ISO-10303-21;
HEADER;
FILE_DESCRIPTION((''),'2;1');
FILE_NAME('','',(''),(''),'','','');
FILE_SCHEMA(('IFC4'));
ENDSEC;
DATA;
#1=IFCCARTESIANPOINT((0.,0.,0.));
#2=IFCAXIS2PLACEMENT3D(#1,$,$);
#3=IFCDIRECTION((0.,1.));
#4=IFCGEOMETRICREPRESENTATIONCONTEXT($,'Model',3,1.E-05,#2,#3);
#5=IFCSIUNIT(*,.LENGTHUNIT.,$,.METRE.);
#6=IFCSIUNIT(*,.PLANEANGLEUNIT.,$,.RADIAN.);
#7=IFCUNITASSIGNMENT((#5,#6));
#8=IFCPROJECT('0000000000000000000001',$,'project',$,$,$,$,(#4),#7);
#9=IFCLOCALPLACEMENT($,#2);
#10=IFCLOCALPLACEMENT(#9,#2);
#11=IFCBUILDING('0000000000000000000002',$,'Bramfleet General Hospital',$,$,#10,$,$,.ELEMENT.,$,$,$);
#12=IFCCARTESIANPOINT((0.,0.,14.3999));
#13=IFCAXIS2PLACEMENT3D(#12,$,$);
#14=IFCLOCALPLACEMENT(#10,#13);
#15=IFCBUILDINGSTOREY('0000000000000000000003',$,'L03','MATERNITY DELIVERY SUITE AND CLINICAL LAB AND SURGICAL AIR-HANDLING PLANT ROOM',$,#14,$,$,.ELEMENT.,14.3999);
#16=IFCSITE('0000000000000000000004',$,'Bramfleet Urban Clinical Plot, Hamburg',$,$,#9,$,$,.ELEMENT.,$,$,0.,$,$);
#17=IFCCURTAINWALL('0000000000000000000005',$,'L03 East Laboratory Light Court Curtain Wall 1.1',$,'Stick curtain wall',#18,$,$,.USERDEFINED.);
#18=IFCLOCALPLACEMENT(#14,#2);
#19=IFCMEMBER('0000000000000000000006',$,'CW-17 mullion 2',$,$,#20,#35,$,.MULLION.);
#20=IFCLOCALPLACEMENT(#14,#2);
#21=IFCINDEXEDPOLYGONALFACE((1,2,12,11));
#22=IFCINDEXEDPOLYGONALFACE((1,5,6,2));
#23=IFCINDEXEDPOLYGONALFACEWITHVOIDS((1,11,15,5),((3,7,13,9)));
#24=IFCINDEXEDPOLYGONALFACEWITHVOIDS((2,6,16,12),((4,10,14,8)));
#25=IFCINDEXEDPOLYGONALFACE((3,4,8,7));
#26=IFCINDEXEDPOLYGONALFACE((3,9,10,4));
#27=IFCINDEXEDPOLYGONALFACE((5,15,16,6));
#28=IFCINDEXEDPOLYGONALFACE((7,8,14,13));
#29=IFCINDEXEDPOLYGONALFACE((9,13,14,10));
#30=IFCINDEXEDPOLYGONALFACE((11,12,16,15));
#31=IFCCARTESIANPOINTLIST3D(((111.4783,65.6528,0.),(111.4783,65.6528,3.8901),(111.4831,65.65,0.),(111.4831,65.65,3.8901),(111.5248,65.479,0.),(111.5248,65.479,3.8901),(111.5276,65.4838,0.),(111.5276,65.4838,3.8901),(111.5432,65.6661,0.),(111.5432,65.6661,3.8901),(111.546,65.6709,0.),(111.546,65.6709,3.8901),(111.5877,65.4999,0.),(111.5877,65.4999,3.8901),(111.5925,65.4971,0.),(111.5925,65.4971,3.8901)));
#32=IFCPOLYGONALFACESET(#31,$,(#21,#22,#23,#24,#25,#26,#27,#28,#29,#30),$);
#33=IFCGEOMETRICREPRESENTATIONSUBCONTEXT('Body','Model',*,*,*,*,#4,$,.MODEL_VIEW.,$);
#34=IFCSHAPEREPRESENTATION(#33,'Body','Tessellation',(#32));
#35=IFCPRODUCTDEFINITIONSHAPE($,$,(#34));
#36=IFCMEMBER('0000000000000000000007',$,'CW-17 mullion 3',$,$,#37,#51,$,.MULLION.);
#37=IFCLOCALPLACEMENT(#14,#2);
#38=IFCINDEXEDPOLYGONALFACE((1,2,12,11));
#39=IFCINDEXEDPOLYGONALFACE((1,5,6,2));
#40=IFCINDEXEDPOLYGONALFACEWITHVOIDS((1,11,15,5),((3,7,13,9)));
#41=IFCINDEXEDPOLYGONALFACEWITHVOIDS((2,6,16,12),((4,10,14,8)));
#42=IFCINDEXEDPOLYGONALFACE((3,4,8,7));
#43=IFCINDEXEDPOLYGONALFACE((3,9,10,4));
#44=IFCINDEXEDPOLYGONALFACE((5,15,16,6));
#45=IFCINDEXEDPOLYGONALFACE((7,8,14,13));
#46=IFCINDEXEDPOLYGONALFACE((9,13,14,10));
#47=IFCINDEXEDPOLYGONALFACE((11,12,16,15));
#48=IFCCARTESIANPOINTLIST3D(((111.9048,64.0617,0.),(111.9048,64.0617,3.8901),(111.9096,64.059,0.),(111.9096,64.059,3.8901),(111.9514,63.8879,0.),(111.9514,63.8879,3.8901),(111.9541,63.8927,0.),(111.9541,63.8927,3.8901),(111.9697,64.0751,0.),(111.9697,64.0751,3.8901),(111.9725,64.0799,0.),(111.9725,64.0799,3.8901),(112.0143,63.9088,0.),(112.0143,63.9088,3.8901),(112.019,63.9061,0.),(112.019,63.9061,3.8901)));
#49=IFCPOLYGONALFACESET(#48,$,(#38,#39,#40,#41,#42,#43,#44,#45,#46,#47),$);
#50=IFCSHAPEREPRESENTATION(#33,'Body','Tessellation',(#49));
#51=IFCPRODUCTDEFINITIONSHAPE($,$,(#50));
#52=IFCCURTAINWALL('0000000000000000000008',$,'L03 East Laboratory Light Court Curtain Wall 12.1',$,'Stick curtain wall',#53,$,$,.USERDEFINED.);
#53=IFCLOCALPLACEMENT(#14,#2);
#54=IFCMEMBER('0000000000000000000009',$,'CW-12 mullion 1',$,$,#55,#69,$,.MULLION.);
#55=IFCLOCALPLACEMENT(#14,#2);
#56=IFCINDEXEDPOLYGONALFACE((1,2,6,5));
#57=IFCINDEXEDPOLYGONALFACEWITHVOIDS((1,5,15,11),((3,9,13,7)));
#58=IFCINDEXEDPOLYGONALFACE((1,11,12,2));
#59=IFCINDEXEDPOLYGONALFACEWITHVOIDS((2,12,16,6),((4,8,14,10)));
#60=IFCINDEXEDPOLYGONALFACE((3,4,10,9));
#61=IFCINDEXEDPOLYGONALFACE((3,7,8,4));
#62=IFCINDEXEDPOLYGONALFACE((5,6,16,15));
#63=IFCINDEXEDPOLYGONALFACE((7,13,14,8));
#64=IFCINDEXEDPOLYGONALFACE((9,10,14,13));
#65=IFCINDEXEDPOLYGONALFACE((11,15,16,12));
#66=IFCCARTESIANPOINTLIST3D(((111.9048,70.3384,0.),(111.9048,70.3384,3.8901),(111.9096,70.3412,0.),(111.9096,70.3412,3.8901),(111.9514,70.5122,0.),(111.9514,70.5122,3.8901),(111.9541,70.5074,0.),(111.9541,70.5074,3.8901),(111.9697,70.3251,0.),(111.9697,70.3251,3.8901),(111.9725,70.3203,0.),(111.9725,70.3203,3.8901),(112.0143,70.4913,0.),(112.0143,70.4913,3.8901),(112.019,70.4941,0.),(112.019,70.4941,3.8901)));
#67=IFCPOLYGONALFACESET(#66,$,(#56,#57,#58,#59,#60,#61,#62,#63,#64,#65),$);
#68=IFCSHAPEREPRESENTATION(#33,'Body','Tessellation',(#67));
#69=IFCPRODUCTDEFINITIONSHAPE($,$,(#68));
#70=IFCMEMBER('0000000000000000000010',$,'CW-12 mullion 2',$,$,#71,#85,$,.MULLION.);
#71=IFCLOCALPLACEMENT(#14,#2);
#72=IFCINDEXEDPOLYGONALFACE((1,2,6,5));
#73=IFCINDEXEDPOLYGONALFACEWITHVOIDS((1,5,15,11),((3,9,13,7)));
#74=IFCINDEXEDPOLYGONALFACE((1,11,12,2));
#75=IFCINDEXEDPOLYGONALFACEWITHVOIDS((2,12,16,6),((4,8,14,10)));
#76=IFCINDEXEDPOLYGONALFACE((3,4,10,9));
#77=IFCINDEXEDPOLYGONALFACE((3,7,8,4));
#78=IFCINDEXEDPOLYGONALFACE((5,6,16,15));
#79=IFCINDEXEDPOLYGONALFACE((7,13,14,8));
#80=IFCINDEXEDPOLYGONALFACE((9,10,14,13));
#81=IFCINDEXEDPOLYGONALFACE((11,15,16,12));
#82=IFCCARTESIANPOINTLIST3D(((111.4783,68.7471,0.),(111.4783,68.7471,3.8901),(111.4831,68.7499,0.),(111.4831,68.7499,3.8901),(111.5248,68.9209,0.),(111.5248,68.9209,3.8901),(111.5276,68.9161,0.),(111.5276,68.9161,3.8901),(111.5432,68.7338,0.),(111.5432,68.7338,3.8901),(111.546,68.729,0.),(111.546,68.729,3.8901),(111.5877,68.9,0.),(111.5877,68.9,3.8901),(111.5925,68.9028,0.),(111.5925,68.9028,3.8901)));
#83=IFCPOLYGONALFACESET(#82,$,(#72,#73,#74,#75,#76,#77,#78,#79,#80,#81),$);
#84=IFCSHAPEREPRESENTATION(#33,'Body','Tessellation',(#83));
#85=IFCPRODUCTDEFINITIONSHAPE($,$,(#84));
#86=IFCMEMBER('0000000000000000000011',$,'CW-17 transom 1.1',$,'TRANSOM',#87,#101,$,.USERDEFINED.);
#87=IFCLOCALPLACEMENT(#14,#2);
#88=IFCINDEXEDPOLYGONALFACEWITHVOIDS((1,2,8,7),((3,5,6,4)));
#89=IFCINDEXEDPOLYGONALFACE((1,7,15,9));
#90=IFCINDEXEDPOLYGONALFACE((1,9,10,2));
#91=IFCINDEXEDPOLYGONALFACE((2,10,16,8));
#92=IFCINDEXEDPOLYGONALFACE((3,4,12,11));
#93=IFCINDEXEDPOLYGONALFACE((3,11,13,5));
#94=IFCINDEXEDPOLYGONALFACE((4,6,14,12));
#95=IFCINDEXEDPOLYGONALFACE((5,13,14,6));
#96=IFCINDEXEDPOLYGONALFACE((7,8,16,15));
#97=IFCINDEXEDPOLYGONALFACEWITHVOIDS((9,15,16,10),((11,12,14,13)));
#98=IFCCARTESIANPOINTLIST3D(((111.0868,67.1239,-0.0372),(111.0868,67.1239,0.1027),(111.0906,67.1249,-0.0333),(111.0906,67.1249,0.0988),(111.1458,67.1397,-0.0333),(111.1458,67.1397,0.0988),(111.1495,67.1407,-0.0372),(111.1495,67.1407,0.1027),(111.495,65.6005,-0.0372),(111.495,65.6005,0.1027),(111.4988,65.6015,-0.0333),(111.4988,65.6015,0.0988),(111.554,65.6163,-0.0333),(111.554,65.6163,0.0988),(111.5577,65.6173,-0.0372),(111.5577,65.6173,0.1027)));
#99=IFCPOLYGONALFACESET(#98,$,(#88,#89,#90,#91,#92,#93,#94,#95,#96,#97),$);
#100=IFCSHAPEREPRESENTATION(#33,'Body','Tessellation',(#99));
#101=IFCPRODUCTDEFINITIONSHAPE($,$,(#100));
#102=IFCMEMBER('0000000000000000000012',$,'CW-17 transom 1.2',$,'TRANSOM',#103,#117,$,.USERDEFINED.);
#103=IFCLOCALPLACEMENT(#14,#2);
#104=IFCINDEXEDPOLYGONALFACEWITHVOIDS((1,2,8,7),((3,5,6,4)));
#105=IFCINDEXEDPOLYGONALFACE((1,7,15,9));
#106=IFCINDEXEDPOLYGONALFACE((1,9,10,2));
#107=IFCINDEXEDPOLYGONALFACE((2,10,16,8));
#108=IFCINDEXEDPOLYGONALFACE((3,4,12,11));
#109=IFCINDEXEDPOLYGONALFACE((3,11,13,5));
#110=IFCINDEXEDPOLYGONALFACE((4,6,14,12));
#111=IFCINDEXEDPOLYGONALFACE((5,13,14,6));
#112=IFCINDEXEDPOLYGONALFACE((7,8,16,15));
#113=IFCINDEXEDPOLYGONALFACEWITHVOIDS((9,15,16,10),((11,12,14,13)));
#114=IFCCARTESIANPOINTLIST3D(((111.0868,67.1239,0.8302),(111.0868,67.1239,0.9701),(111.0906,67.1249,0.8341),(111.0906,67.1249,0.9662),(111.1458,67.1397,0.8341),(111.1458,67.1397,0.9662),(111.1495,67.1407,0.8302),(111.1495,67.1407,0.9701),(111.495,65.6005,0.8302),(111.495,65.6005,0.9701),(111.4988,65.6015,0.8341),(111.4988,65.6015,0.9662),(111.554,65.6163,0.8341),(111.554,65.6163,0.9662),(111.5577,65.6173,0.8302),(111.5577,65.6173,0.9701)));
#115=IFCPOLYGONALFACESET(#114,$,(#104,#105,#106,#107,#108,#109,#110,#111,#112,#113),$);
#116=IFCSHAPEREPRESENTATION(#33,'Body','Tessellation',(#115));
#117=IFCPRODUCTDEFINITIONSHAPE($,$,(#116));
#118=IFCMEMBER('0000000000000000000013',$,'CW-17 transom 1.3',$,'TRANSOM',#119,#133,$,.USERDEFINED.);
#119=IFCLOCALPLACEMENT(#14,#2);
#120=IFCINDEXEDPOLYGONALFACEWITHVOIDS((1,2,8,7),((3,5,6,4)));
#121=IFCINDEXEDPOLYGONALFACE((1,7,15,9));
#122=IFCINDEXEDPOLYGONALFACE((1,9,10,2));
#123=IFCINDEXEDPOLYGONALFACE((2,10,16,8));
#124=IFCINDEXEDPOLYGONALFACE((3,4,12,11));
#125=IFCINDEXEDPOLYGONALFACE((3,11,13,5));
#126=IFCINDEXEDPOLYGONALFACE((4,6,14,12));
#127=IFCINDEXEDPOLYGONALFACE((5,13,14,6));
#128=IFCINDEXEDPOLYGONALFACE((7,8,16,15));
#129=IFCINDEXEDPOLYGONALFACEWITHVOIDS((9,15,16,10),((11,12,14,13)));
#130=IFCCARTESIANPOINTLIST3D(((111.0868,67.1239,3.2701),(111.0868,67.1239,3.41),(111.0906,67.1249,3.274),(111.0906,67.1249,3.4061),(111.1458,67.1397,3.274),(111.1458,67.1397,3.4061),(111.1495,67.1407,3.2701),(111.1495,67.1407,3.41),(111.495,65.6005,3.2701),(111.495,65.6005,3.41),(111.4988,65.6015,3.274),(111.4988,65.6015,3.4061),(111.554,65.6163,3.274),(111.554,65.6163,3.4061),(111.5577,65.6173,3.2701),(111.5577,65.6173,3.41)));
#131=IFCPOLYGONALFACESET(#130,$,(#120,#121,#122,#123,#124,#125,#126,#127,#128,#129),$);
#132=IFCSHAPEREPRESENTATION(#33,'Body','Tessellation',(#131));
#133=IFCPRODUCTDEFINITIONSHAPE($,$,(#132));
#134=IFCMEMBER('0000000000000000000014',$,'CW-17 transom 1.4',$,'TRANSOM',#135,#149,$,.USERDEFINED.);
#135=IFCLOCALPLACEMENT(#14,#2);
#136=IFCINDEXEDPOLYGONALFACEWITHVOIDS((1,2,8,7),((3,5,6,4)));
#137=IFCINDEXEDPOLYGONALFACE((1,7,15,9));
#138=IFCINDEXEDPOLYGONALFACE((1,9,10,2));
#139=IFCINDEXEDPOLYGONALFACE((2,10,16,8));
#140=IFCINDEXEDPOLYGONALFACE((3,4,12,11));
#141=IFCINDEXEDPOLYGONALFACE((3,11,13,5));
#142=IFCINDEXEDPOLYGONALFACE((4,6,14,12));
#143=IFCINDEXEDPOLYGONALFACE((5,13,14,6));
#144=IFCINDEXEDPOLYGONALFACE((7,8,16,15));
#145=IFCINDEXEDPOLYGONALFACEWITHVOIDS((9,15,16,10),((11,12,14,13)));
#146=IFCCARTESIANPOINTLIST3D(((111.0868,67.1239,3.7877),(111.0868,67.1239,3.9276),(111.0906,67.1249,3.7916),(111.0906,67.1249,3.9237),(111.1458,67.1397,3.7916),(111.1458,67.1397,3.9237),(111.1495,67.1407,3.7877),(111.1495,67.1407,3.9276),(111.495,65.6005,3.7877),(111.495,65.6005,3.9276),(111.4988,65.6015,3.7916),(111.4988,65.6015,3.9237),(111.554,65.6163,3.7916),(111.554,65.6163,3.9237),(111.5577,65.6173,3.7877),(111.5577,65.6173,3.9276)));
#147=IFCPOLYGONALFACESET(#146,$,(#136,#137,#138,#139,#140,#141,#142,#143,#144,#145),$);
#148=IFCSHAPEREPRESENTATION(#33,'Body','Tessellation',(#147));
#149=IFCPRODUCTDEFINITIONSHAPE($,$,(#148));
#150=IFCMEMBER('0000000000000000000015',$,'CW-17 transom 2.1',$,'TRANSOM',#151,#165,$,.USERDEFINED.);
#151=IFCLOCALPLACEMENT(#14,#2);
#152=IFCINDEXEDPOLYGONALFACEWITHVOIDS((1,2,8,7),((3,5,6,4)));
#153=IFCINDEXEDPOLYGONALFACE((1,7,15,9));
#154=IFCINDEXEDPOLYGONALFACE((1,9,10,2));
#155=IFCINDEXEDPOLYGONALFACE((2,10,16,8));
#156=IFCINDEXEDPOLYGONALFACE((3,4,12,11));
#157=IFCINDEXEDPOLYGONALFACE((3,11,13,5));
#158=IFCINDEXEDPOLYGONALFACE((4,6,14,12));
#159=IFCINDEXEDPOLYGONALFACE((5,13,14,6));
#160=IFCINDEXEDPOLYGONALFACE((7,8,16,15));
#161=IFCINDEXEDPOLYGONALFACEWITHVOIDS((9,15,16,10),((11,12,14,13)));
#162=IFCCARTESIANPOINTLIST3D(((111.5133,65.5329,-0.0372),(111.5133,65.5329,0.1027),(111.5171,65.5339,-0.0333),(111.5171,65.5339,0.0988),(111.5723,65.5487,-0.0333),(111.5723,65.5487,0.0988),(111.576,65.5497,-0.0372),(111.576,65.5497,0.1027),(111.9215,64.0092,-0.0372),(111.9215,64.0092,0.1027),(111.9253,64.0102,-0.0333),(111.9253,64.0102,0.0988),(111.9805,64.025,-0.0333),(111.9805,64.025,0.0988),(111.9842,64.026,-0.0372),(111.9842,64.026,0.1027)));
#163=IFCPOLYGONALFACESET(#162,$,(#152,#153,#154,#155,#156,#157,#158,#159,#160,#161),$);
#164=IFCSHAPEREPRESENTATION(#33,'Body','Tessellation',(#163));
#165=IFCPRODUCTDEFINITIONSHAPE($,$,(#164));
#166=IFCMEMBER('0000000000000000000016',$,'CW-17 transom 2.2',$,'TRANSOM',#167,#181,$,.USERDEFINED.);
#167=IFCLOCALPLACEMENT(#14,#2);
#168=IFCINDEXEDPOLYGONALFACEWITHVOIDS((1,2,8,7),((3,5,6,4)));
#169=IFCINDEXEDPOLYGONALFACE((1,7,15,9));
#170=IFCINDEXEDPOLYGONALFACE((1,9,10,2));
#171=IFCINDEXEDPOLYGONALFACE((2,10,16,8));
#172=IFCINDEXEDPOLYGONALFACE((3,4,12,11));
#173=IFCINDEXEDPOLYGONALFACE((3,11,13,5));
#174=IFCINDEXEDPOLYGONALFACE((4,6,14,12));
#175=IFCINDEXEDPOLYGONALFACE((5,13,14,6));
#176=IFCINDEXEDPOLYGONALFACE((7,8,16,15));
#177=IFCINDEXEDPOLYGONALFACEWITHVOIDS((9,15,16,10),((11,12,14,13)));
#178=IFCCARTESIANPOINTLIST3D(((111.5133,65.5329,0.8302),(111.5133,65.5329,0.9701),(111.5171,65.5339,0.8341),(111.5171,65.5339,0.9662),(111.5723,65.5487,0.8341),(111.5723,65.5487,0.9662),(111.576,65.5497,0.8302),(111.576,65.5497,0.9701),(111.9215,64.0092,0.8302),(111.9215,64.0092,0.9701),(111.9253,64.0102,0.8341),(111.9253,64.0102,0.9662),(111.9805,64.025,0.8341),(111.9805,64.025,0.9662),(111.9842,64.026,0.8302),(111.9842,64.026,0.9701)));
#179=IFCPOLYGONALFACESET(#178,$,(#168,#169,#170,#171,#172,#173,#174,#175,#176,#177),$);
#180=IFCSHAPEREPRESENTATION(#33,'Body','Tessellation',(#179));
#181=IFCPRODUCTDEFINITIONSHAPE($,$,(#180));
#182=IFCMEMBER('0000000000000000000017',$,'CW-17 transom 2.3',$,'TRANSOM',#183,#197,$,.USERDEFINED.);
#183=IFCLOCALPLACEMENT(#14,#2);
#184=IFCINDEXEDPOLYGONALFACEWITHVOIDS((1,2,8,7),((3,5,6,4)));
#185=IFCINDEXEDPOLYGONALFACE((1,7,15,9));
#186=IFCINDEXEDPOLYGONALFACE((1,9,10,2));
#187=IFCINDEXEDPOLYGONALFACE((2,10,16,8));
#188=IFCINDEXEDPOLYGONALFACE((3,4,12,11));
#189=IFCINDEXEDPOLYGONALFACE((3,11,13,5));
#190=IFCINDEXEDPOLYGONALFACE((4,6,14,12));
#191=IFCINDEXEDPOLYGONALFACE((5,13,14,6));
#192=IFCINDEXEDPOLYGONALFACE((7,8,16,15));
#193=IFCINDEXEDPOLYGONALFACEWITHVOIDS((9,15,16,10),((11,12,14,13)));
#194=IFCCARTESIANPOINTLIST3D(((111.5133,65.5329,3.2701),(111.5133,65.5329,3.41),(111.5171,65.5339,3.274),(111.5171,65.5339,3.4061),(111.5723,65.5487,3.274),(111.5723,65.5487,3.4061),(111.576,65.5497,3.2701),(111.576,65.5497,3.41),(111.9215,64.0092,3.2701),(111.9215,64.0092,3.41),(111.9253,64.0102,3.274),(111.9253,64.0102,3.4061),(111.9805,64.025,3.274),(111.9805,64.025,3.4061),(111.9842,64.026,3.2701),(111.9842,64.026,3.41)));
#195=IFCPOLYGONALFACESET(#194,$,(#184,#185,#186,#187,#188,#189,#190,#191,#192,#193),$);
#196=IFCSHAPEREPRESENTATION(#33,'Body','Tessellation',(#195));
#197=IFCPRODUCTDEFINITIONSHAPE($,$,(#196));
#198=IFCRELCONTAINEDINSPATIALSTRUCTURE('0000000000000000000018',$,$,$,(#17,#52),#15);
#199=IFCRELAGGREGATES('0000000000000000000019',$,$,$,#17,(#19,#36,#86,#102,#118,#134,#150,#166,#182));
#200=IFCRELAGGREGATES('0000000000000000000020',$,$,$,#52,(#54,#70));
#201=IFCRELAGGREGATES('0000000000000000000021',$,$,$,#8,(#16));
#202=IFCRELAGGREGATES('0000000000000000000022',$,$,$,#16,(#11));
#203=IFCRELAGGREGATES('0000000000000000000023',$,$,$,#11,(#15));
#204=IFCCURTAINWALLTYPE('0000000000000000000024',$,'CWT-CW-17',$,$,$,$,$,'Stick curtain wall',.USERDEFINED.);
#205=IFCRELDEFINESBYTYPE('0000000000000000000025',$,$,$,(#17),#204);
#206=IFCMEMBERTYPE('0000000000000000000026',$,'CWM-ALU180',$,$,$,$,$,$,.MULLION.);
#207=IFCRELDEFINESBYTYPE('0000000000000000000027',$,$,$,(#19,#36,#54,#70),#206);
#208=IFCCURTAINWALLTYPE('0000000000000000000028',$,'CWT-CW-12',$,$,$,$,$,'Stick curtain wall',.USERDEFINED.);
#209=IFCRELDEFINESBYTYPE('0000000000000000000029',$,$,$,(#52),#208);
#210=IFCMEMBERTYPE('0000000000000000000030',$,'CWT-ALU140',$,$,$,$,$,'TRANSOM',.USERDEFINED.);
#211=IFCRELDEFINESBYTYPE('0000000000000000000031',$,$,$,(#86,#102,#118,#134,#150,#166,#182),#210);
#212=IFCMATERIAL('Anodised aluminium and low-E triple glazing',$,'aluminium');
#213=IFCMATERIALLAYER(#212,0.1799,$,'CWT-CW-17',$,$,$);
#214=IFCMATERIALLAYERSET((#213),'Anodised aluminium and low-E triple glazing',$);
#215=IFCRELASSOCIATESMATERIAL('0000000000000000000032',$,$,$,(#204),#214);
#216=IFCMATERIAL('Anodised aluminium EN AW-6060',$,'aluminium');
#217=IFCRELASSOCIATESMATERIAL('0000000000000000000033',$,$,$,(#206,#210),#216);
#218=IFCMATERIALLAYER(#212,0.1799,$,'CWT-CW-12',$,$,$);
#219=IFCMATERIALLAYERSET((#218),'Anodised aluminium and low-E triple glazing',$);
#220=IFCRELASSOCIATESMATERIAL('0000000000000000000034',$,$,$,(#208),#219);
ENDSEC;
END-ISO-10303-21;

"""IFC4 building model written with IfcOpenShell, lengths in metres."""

from ifc_helpers import new_model, si_unit, direction, frame, origin, origin_2d, place, context, subcontext, project, spatial, hollow_rectangle, extrude, material, layer, layer_set, material_profile, profile_set, type_object, element, aggregate, save


model = new_model("IFC4")

# Units and contexts
model_context = context("Model", 3, precision=1e-05, world=origin(), true_north=direction((0.0, 1.0)))
body_context = subcontext(model_context, "Body", "Model", "MODEL_VIEW")
ifc_project = project(units=[si_unit("LENGTHUNIT", "METRE"), si_unit("PLANEANGLEUNIT", "RADIAN")], contexts=[model_context])

# Site, building, storey
site_placement = place(None, origin())
site = spatial("IfcSite", under=ifc_project, at=site_placement, Name="Bramfleet Urban Clinical Plot, Hamburg", CompositionType="ELEMENT", RefElevation=0.0)
building_placement = place(site_placement, origin())
building = spatial("IfcBuilding", under=site, at=building_placement, Name="Bramfleet General Hospital", CompositionType="ELEMENT")
storey_placement = place(building_placement, frame((0.0, 0.0, 14.3999)))
storey = spatial("IfcBuildingStorey", under=building, at=storey_placement, Name="L03", Description="MATERNITY DELIVERY SUITE AND CLINICAL LAB AND SURGICAL AIR-HANDLING PLANT ROOM", CompositionType="ELEMENT", Elevation=14.3999)

# Curtain walls, members
ifc_material_1 = material(Name="Anodised aluminium and low-E triple glazing", Category="aluminium")
ifc_layer_1 = layer(ifc_material_1, 0.1799, Name="CWT-CW-17")
ifc_layer_set_1 = layer_set([ifc_layer_1], Name="Anodised aluminium and low-E triple glazing")
curtain_wall_type_1 = type_object("IfcCurtainWallType", Name="CWT-CW-17", ElementType="Stick curtain wall", PredefinedType="USERDEFINED", material=ifc_layer_set_1)
curtain_wall_1_placement = place(storey_placement, origin())
curtain_wall_1 = element("IfcCurtainWall", 1, at=curtain_wall_1_placement, inside=storey, type_object=curtain_wall_type_1, Name="L03 East Laboratory Light Court Curtain Wall 1.1", ObjectType="Stick curtain wall", PredefinedType="USERDEFINED")
ifc_material_2 = material(Name="Anodised aluminium EN AW-6060", Category="aluminium")
ifc_material_profile_1 = material_profile(ifc_material_2, hollow_rectangle(XDim=0.0701, YDim=0.1799, WallThickness=0.0039, at=origin_2d()), Name="ALU 180x70x4.0")
ifc_profile_set_1 = profile_set([ifc_material_profile_1], Name="Anodised aluminium EN AW-6060")
member_type_1 = type_object("IfcMemberType", Name="CWM-ALU180", PredefinedType="MULLION", material=ifc_profile_set_1)
member_1_placement = place(storey_placement, frame((111.5354, 65.575, 0.0), z_axis=(0.0, 0.0, 1.0), x_axis=(0.965914, 0.258865, 0.0)))
member_1 = element("IfcMember", 2, at=member_1_placement, type_object=member_type_1, Name="CW-17 mullion 2", PredefinedType="MULLION", context=body_context, shape_type="SweptSolid", body=[
    extrude(hollow_rectangle(XDim=0.0701, YDim=0.1799, WallThickness=0.0039, at=origin_2d()), origin(), (0.0, 0.0, 1.0), 3.8901),
])
member_2_placement = place(storey_placement, frame((111.9619, 63.9839, 0.0), z_axis=(0.0, 0.0, 1.0), x_axis=(0.965914, 0.258865, 0.0)))
member_2 = element("IfcMember", 3, at=member_2_placement, type_object=member_type_1, Name="CW-17 mullion 3", PredefinedType="MULLION", context=body_context, shape_type="SweptSolid", body=[
    extrude(hollow_rectangle(XDim=0.0701, YDim=0.1799, WallThickness=0.0039, at=origin_2d()), origin(), (0.0, 0.0, 1.0), 3.8901),
])
ifc_layer_2 = layer(ifc_material_1, 0.1799, Name="CWT-CW-12")
ifc_layer_set_2 = layer_set([ifc_layer_2], Name="Anodised aluminium and low-E triple glazing")
curtain_wall_type_2 = type_object("IfcCurtainWallType", Name="CWT-CW-12", ElementType="Stick curtain wall", PredefinedType="USERDEFINED", material=ifc_layer_set_2)
curtain_wall_2_placement = place(storey_placement, origin())
curtain_wall_2 = element("IfcCurtainWall", 4, at=curtain_wall_2_placement, inside=storey, type_object=curtain_wall_type_2, Name="L03 East Laboratory Light Court Curtain Wall 12.1", ObjectType="Stick curtain wall", PredefinedType="USERDEFINED")
member_3_placement = place(storey_placement, frame((111.9619, 70.4163, 0.0), z_axis=(0.0, 0.0, 1.0), x_axis=(0.965914, -0.258865, 0.0)))
member_3 = element("IfcMember", 5, at=member_3_placement, type_object=member_type_1, Name="CW-12 mullion 1", PredefinedType="MULLION", context=body_context, shape_type="SweptSolid", body=[
    extrude(hollow_rectangle(XDim=0.0701, YDim=0.1799, WallThickness=0.0039, at=origin_2d()), origin(), (0.0, 0.0, 1.0), 3.8901),
])
member_4_placement = place(storey_placement, frame((111.5354, 68.825, 0.0), z_axis=(0.0, 0.0, 1.0), x_axis=(0.965914, -0.258865, 0.0)))
member_4 = element("IfcMember", 6, at=member_4_placement, type_object=member_type_1, Name="CW-12 mullion 2", PredefinedType="MULLION", context=body_context, shape_type="SweptSolid", body=[
    extrude(hollow_rectangle(XDim=0.0701, YDim=0.1799, WallThickness=0.0039, at=origin_2d()), origin(), (0.0, 0.0, 1.0), 3.8901),
])

# Members
ifc_material_profile_2 = material_profile(ifc_material_2, hollow_rectangle(XDim=0.0649, YDim=0.1399, WallThickness=0.0039, at=origin_2d()), Name="ALU 140x65x4.0")
ifc_profile_set_2 = profile_set([ifc_material_profile_2], Name="Anodised aluminium EN AW-6060")
member_type_2 = type_object("IfcMemberType", Name="CWT-ALU140", ElementType="TRANSOM", PredefinedType="USERDEFINED", material=ifc_profile_set_2)
member_5_placement = place(storey_placement, frame((111.1182, 67.1323, 0.0327), z_axis=(0.258819, -0.965926, 0.0), x_axis=(0.965926, 0.258819, 0.0)))
member_5 = element("IfcMember", 7, at=member_5_placement, type_object=member_type_2, Name="CW-17 transom 1.1", ObjectType="TRANSOM", PredefinedType="USERDEFINED", context=body_context, shape_type="SweptSolid", body=[
    extrude(hollow_rectangle(XDim=0.0649, YDim=0.1399, WallThickness=0.0039, at=origin_2d()), origin(), (0.0, 0.0, 1.0), 1.5771),
])
member_6_placement = place(storey_placement, frame((111.1182, 67.1323, 0.9001), z_axis=(0.258819, -0.965926, 0.0), x_axis=(0.965926, 0.258819, 0.0)))
member_6 = element("IfcMember", 8, at=member_6_placement, type_object=member_type_2, Name="CW-17 transom 1.2", ObjectType="TRANSOM", PredefinedType="USERDEFINED", context=body_context, shape_type="SweptSolid", body=[
    extrude(hollow_rectangle(XDim=0.0649, YDim=0.1399, WallThickness=0.0039, at=origin_2d()), origin(), (0.0, 0.0, 1.0), 1.5771),
])
member_7_placement = place(storey_placement, frame((111.1182, 67.1323, 3.3401), z_axis=(0.258819, -0.965926, 0.0), x_axis=(0.965926, 0.258819, 0.0)))
member_7 = element("IfcMember", 9, at=member_7_placement, type_object=member_type_2, Name="CW-17 transom 1.3", ObjectType="TRANSOM", PredefinedType="USERDEFINED", context=body_context, shape_type="SweptSolid", body=[
    extrude(hollow_rectangle(XDim=0.0649, YDim=0.1399, WallThickness=0.0039, at=origin_2d()), origin(), (0.0, 0.0, 1.0), 1.5771),
])
member_8_placement = place(storey_placement, frame((111.1182, 67.1323, 3.8577), z_axis=(0.258819, -0.965926, 0.0), x_axis=(0.965926, 0.258819, 0.0)))
member_8 = element("IfcMember", 10, at=member_8_placement, type_object=member_type_2, Name="CW-17 transom 1.4", ObjectType="TRANSOM", PredefinedType="USERDEFINED", context=body_context, shape_type="SweptSolid", body=[
    extrude(hollow_rectangle(XDim=0.0649, YDim=0.1399, WallThickness=0.0039, at=origin_2d()), origin(), (0.0, 0.0, 1.0), 1.5771),
])
member_9_placement = place(storey_placement, frame((111.5447, 65.5413, 0.0327), z_axis=(0.25878, -0.965936, 0.0), x_axis=(0.965936, 0.25878, 0.0)))
member_9 = element("IfcMember", 11, at=member_9_placement, type_object=member_type_2, Name="CW-17 transom 2.1", ObjectType="TRANSOM", PredefinedType="USERDEFINED", context=body_context, shape_type="SweptSolid", body=[
    extrude(hollow_rectangle(XDim=0.0649, YDim=0.1399, WallThickness=0.0039, at=origin_2d()), origin(), (0.0, 0.0, 1.0), 1.5774),
])
member_10_placement = place(storey_placement, frame((111.5447, 65.5413, 0.9001), z_axis=(0.25878, -0.965936, 0.0), x_axis=(0.965936, 0.25878, 0.0)))
member_10 = element("IfcMember", 12, at=member_10_placement, type_object=member_type_2, Name="CW-17 transom 2.2", ObjectType="TRANSOM", PredefinedType="USERDEFINED", context=body_context, shape_type="SweptSolid", body=[
    extrude(hollow_rectangle(XDim=0.0649, YDim=0.1399, WallThickness=0.0039, at=origin_2d()), origin(), (0.0, 0.0, 1.0), 1.5774),
])
member_11_placement = place(storey_placement, frame((111.5447, 65.5413, 3.3401), z_axis=(0.25878, -0.965936, 0.0), x_axis=(0.965936, 0.25878, 0.0)))
member_11 = element("IfcMember", 13, at=member_11_placement, type_object=member_type_2, Name="CW-17 transom 2.3", ObjectType="TRANSOM", PredefinedType="USERDEFINED", context=body_context, shape_type="SweptSolid", body=[
    extrude(hollow_rectangle(XDim=0.0649, YDim=0.1399, WallThickness=0.0039, at=origin_2d()), origin(), (0.0, 0.0, 1.0), 1.5774),
])

aggregate(curtain_wall_1, [member_1, member_2, member_5, member_6, member_7, member_8, member_9, member_10, member_11])
aggregate(curtain_wall_2, [member_3, member_4])

save(model, "model.ifc")
